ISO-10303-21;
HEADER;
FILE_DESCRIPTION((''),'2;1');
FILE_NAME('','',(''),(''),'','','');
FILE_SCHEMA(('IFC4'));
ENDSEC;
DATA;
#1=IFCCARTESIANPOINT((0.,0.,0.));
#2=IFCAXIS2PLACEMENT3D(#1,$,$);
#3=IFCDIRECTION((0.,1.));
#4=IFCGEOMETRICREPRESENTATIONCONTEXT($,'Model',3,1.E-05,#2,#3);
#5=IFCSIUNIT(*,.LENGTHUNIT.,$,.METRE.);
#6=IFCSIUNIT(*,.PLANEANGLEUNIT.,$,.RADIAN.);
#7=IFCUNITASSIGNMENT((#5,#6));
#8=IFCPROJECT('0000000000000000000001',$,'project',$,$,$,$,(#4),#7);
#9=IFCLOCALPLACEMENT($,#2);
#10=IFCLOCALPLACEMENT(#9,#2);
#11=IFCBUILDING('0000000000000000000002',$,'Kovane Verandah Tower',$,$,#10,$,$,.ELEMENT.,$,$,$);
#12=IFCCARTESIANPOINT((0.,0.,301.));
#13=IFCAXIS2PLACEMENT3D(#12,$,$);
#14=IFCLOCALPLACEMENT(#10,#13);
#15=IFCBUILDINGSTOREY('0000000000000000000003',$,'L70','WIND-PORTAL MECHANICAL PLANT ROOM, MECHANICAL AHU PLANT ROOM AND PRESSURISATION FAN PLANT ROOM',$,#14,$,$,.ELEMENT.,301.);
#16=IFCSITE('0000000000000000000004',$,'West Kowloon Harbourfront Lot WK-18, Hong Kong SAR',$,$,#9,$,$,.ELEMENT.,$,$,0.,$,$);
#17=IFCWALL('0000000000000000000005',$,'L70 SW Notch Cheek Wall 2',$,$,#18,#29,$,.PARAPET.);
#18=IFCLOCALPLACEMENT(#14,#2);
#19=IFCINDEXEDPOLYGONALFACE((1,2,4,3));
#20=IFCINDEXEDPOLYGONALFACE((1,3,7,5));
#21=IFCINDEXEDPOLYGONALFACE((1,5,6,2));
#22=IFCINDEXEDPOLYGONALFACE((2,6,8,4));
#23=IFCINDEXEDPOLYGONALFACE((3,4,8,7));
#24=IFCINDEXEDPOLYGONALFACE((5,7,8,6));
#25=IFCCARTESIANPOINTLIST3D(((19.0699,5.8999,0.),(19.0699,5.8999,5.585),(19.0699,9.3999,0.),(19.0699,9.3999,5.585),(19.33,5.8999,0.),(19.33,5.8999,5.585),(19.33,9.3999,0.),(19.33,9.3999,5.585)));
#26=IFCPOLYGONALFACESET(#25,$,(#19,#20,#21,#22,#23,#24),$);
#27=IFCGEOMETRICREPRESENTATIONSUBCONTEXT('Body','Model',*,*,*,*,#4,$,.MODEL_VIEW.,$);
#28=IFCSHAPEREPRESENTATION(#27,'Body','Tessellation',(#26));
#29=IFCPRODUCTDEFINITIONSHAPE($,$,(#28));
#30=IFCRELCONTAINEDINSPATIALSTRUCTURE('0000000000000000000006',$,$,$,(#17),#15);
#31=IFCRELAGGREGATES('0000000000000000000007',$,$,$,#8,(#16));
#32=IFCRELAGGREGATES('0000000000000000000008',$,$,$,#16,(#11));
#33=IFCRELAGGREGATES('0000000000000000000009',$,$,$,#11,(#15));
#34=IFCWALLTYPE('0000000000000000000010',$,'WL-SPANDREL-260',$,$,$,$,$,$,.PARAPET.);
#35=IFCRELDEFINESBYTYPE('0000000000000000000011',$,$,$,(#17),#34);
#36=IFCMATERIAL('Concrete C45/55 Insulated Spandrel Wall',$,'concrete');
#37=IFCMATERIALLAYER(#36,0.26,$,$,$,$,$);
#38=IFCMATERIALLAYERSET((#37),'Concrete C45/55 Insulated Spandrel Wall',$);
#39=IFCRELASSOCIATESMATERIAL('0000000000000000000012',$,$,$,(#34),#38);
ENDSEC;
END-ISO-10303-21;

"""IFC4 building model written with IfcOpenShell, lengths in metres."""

from ifc_helpers import new_model, si_unit, direction, frame, frame_2d, origin, place, context, subcontext, project, spatial, rectangle, extrude, material, layer, layer_set, type_object, element, save


model = new_model("IFC4")

# Units and contexts
model_context = context("Model", 3, precision=1e-05, world=origin(), true_north=direction((0.0, 1.0)))
body_context = subcontext(model_context, "Body", "Model", "MODEL_VIEW")
ifc_project = project(units=[si_unit("LENGTHUNIT", "METRE"), si_unit("PLANEANGLEUNIT", "RADIAN")], contexts=[model_context])

# Site, building, storey
site_placement = place(None, origin())
site = spatial("IfcSite", under=ifc_project, at=site_placement, Name="West Kowloon Harbourfront Lot WK-18, Hong Kong SAR", CompositionType="ELEMENT", RefElevation=0.0)
building_placement = place(site_placement, origin())
building = spatial("IfcBuilding", under=site, at=building_placement, Name="Kovane Verandah Tower", CompositionType="ELEMENT")
storey_placement = place(building_placement, frame((0.0, 0.0, 301.0)))
storey = spatial("IfcBuildingStorey", under=building, at=storey_placement, Name="L70", Description="WIND-PORTAL MECHANICAL PLANT ROOM, MECHANICAL AHU PLANT ROOM AND PRESSURISATION FAN PLANT ROOM", CompositionType="ELEMENT", Elevation=301.0)

# Wall
ifc_material_1 = material(Name="Concrete C45/55 Insulated Spandrel Wall", Category="concrete")
ifc_layer_1 = layer(ifc_material_1, 0.26)
ifc_layer_set_1 = layer_set([ifc_layer_1], Name="Concrete C45/55 Insulated Spandrel Wall")
wall_type_1 = type_object("IfcWallType", Name="WL-SPANDREL-260", PredefinedType="PARAPET", material=ifc_layer_set_1)
wall_1_placement = place(storey_placement, frame((19.2, 9.3999, 0.0), z_axis=(0.0, 0.0, 1.0), x_axis=(0.0, -1.0, 0.0)))
element("IfcWall", 1, at=wall_1_placement, inside=storey, type_object=wall_type_1, Name="L70 SW Notch Cheek Wall 2", PredefinedType="PARAPET", context=body_context, shape_type="SweptSolid", body=[
    extrude(rectangle(XDim=3.5, YDim=0.26, at=frame_2d((1.75, 0.0))), origin(), (0.0, 0.0, 1.0), 5.585),
])

save(model, "model.ifc")
